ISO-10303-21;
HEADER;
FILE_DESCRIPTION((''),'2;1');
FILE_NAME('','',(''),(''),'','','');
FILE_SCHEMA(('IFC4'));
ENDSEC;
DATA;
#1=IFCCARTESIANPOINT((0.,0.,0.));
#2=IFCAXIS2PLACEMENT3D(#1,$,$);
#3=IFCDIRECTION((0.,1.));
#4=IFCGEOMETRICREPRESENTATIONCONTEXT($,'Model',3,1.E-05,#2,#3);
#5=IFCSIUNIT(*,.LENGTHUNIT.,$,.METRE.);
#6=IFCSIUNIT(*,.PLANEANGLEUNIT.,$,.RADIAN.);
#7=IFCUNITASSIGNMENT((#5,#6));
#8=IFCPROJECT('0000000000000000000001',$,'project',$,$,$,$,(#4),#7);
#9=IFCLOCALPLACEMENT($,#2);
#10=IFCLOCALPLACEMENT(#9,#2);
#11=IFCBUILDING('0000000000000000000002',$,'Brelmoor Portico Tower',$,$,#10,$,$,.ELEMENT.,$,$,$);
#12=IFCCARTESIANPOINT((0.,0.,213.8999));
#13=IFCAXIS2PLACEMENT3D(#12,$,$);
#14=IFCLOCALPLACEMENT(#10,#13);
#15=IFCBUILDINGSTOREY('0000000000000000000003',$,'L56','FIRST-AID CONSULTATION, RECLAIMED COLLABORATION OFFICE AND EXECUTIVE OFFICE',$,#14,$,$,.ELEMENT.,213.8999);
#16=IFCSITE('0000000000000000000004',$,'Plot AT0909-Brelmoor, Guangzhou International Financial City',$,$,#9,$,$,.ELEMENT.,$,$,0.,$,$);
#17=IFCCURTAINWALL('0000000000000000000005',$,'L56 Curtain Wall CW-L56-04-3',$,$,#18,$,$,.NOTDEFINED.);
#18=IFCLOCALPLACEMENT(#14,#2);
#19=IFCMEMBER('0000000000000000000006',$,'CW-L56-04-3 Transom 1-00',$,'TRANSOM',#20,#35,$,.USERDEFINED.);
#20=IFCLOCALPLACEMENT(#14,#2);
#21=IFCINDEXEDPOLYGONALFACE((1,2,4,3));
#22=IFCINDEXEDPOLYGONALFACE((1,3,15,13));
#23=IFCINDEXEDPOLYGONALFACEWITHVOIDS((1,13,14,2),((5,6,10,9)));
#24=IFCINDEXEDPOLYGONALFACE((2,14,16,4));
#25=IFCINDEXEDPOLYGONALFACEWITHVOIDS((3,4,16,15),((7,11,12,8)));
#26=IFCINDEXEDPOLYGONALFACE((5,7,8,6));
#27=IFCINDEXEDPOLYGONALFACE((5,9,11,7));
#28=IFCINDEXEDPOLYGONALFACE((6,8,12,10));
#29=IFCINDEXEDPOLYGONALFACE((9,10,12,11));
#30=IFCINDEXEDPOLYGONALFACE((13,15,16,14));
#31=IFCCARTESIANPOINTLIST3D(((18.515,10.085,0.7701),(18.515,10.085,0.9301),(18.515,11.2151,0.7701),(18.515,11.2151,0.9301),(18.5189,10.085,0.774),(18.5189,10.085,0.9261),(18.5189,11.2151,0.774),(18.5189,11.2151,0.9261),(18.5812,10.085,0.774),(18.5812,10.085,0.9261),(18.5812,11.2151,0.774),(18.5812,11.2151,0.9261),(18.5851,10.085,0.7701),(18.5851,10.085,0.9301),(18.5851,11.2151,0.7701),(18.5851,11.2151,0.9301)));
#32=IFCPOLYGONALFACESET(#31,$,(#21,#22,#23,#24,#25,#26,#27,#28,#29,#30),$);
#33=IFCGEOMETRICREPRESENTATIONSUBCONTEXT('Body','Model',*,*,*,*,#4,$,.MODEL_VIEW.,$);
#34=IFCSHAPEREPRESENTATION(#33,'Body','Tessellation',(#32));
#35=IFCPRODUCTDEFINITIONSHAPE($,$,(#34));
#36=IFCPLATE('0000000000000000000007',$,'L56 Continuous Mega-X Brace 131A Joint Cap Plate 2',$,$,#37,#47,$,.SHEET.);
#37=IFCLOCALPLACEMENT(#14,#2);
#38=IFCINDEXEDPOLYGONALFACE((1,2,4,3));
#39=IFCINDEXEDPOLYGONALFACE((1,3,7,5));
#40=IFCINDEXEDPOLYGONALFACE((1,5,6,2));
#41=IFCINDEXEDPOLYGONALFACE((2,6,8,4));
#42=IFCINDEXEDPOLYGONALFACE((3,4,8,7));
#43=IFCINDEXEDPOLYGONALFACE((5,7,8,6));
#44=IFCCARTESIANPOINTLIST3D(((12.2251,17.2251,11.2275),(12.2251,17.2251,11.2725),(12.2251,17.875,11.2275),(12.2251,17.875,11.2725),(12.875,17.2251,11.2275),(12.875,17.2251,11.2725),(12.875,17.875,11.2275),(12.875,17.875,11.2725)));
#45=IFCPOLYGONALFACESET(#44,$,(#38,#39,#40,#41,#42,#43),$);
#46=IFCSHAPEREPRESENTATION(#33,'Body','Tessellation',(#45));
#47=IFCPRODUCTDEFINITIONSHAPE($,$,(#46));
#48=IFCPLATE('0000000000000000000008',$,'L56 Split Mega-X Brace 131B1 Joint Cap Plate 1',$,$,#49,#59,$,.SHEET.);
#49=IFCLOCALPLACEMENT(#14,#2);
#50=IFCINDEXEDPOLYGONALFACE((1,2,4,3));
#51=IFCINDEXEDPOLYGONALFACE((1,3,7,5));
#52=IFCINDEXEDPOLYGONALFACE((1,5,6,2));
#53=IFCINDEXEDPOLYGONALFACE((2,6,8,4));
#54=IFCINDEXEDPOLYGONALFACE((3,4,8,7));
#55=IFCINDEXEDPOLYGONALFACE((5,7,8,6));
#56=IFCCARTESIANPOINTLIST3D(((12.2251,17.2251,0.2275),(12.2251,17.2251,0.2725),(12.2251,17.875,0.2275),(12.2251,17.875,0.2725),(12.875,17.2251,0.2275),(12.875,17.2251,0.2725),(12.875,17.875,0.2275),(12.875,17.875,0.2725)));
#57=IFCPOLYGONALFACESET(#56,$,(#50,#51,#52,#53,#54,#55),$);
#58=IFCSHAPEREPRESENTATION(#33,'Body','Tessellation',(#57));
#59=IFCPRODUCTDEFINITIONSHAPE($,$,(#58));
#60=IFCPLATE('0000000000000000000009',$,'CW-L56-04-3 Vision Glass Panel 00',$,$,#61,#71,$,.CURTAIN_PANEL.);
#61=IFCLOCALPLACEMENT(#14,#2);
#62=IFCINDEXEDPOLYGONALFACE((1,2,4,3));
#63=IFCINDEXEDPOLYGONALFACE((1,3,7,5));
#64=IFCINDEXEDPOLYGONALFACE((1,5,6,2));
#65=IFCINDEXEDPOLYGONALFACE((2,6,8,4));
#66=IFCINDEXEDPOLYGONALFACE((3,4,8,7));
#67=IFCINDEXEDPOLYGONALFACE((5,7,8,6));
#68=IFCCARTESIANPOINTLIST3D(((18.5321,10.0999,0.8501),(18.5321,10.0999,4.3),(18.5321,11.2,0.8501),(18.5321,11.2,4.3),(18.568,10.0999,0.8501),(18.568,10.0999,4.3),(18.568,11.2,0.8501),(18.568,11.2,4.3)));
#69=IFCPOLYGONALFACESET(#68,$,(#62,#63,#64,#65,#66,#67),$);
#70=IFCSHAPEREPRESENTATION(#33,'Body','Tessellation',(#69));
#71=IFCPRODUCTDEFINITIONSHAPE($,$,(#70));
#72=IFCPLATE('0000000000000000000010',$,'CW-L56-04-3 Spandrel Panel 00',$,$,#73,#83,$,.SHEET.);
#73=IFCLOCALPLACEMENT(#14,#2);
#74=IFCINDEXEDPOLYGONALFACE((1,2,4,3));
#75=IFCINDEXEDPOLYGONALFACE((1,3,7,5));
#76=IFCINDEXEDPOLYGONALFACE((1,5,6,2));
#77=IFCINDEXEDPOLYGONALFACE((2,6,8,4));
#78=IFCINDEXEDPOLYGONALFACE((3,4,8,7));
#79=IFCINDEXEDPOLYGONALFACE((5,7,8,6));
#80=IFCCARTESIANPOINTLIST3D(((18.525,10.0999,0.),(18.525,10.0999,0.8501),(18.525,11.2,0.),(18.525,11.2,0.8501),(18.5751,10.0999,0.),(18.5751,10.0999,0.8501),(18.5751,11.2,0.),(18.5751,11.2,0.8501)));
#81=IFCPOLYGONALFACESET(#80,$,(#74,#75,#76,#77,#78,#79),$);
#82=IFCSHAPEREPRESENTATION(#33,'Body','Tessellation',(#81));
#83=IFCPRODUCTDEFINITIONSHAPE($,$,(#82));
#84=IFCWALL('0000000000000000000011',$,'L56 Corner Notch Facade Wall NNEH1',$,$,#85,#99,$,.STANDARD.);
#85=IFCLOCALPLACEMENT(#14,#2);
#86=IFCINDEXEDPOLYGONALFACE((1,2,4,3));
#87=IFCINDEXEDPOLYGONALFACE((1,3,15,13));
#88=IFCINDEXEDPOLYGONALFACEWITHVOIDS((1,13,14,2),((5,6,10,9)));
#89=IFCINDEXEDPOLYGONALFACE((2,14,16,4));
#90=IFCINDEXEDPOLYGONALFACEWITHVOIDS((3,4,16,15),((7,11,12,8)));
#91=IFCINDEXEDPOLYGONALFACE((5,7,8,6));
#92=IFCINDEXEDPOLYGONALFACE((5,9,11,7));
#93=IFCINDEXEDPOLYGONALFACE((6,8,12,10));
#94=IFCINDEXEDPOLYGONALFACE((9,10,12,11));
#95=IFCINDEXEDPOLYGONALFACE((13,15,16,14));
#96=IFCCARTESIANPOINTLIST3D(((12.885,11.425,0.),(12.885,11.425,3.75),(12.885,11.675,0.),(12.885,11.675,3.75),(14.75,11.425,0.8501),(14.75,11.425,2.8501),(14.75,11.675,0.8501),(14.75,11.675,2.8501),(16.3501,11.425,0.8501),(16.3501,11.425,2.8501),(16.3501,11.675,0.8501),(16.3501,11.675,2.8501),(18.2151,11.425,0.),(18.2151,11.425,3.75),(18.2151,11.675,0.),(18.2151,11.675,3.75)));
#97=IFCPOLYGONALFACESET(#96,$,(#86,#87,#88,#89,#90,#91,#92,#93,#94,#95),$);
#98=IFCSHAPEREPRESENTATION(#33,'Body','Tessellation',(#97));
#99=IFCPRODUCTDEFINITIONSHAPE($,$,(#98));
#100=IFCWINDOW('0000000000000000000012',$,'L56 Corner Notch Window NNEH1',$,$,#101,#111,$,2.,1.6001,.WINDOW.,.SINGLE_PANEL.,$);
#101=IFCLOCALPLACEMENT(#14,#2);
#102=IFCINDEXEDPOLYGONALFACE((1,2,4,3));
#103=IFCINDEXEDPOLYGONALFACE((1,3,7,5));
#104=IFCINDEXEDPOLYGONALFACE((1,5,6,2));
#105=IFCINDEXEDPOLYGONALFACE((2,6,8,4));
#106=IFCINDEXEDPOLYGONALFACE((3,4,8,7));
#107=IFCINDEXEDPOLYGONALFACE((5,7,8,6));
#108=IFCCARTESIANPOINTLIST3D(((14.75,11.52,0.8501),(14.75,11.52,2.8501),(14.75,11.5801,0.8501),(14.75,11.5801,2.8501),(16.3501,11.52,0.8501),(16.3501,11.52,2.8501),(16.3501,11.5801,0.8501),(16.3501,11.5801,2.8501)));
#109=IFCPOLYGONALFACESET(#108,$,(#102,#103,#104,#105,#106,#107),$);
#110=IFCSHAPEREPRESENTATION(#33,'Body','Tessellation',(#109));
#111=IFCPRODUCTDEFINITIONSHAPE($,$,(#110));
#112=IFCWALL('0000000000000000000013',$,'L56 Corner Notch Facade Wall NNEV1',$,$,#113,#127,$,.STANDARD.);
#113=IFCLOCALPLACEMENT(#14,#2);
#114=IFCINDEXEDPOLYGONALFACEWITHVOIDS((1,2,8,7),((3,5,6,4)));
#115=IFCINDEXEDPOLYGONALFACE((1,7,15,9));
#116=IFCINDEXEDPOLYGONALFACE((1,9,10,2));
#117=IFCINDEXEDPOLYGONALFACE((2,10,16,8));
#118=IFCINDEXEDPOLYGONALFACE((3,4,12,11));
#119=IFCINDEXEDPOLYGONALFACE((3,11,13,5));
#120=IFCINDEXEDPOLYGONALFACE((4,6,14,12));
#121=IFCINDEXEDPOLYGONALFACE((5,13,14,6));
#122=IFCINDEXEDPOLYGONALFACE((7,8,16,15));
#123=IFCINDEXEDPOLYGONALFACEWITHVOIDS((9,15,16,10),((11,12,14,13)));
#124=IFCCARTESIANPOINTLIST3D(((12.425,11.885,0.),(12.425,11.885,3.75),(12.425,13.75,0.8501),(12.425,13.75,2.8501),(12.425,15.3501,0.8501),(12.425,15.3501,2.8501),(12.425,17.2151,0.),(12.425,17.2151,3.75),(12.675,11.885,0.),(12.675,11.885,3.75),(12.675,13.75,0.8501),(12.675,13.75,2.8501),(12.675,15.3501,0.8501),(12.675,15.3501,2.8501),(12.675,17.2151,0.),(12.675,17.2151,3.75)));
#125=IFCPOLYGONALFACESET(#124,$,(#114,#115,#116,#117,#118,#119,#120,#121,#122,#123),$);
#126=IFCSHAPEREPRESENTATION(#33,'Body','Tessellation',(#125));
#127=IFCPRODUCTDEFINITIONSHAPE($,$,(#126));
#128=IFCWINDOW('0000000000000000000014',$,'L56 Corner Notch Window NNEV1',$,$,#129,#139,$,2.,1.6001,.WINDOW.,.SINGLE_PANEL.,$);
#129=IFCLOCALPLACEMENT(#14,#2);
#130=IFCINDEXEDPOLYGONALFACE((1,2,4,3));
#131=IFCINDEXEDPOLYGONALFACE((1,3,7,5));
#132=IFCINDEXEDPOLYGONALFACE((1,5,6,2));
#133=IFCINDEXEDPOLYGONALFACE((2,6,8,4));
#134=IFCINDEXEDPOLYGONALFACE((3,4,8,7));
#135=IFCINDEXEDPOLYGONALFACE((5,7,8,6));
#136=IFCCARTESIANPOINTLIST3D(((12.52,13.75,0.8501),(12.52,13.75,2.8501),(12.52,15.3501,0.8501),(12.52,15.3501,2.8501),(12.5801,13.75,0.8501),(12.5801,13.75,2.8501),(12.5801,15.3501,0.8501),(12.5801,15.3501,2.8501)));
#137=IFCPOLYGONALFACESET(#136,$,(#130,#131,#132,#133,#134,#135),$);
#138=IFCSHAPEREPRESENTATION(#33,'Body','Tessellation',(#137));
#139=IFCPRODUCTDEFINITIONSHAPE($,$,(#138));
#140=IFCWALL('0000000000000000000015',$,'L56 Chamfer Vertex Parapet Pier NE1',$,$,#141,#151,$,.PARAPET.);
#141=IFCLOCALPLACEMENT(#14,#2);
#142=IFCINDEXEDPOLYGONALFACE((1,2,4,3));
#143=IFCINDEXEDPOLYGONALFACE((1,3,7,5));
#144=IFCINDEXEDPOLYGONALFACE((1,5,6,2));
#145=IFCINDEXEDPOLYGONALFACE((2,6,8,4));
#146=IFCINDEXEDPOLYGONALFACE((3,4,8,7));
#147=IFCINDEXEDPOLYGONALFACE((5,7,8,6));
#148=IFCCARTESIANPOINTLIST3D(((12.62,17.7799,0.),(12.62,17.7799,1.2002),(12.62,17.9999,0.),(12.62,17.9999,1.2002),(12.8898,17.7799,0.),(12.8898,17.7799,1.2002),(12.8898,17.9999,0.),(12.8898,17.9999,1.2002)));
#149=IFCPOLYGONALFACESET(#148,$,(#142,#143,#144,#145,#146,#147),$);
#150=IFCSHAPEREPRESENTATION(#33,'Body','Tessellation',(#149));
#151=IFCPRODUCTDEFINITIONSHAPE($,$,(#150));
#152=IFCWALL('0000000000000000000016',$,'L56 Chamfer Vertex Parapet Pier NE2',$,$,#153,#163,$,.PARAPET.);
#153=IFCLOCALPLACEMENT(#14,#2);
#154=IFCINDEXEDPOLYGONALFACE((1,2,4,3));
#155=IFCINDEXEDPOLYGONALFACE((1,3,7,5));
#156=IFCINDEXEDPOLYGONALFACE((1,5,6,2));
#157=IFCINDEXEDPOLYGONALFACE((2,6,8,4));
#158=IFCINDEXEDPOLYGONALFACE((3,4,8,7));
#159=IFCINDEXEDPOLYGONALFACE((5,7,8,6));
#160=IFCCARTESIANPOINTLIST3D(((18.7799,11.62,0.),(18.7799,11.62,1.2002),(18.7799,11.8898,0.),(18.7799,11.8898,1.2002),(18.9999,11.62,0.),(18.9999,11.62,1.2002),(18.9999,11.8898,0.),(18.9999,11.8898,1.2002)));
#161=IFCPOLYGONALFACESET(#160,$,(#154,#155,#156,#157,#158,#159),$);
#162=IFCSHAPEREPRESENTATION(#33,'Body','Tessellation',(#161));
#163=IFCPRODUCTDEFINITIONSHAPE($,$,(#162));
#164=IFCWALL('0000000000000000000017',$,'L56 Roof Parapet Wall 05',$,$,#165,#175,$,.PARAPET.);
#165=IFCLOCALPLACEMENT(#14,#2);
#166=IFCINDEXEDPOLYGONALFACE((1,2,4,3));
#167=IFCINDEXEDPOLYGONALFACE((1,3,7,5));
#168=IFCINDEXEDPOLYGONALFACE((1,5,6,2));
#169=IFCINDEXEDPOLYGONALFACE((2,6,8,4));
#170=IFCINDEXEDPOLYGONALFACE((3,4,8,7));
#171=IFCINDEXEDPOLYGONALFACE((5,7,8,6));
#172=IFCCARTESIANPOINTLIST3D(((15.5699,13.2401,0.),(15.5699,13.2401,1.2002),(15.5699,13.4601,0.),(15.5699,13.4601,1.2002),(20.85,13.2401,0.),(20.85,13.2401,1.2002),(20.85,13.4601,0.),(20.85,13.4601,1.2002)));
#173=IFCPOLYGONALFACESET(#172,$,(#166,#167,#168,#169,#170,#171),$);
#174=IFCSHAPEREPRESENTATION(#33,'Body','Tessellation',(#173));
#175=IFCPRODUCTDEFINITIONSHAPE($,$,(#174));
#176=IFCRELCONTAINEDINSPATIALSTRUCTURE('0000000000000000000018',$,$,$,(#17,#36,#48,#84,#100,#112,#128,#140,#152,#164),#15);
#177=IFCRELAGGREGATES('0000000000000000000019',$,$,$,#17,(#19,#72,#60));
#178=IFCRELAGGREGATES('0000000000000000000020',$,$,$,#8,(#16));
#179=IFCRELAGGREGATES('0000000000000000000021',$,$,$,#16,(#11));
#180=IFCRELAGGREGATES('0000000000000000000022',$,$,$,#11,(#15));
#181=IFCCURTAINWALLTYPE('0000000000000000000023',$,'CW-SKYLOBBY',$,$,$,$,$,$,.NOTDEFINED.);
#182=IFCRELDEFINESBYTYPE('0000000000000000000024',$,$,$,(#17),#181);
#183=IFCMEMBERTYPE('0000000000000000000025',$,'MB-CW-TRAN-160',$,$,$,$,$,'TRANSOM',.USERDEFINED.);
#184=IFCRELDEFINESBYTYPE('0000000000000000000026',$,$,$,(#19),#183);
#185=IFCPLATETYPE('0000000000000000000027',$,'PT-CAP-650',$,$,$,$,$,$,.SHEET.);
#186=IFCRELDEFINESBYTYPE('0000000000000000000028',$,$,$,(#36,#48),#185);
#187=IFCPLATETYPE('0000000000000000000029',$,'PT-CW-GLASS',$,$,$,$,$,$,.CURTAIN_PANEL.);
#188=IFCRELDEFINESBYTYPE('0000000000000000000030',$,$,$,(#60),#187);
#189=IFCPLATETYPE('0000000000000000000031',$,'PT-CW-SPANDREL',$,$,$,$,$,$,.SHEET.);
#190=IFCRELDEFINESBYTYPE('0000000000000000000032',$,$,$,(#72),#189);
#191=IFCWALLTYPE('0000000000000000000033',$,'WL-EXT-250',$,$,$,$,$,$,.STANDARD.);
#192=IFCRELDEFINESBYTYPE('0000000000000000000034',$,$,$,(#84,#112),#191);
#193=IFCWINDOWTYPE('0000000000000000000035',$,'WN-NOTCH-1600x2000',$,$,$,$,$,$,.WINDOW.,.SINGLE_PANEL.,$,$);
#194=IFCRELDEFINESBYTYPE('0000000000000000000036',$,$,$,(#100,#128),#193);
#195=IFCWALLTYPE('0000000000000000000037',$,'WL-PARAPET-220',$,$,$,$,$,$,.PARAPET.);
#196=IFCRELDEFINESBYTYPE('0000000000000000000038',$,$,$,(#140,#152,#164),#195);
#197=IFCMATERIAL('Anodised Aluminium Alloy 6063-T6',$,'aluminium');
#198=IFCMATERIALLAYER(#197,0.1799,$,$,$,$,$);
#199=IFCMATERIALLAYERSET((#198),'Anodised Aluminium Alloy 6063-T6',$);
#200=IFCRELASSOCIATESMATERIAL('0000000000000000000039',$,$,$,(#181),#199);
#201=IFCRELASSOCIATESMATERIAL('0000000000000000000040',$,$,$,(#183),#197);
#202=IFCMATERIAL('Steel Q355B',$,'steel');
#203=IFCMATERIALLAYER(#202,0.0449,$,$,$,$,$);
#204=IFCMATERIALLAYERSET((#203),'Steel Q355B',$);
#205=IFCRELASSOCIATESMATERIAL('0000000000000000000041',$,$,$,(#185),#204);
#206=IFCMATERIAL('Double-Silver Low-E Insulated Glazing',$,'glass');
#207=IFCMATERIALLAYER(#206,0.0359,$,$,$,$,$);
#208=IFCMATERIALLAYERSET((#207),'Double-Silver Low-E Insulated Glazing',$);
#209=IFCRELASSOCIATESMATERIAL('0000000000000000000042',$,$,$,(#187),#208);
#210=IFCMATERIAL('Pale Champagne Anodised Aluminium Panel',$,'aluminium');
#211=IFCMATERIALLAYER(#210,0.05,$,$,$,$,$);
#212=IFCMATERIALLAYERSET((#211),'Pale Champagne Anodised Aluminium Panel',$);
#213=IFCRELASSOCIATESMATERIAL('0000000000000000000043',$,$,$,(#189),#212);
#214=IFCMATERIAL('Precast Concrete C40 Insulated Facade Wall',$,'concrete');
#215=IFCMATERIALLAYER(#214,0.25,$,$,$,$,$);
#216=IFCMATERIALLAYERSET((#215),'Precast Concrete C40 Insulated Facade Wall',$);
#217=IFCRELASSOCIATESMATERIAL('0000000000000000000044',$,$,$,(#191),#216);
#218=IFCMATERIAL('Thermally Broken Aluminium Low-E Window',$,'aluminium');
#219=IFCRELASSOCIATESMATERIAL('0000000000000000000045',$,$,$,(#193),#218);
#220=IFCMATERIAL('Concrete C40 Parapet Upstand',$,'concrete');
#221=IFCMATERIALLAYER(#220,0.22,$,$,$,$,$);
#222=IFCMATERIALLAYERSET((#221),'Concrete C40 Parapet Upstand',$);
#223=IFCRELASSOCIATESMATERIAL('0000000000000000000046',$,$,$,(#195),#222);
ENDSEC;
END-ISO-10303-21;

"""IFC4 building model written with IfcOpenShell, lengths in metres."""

from ifc_helpers import new_model, si_unit, direction, frame, frame_2d, origin, origin_2d, place, context, subcontext, project, spatial, rectangle, hollow_rectangle, extrude, material, layer, layer_set, material_profile, profile_set, type_object, element, fill, aggregate, save


model = new_model("IFC4")

# Units and contexts
model_context = context("Model", 3, precision=1e-05, world=origin(), true_north=direction((0.0, 1.0)))
body_context = subcontext(model_context, "Body", "Model", "MODEL_VIEW")
ifc_project = project(units=[si_unit("LENGTHUNIT", "METRE"), si_unit("PLANEANGLEUNIT", "RADIAN")], contexts=[model_context])

# Site, building, storey
site_placement = place(None, origin())
site = spatial("IfcSite", under=ifc_project, at=site_placement, Name="Plot AT0909-Brelmoor, Guangzhou International Financial City", CompositionType="ELEMENT", RefElevation=0.0)
building_placement = place(site_placement, origin())
building = spatial("IfcBuilding", under=site, at=building_placement, Name="Brelmoor Portico Tower", CompositionType="ELEMENT")
storey_placement = place(building_placement, frame((0.0, 0.0, 213.8999)))
storey = spatial("IfcBuildingStorey", under=building, at=storey_placement, Name="L56", Description="FIRST-AID CONSULTATION, RECLAIMED COLLABORATION OFFICE AND EXECUTIVE OFFICE", CompositionType="ELEMENT", Elevation=213.8999)

# Shared definitions
ifc_material_1 = material(Name="Steel Q355B", Category="steel")

# Curtain wall, member
ifc_material_2 = material(Name="Anodised Aluminium Alloy 6063-T6", Category="aluminium")
ifc_layer_1 = layer(ifc_material_2, 0.1799)
ifc_layer_set_1 = layer_set([ifc_layer_1], Name="Anodised Aluminium Alloy 6063-T6")
curtain_wall_type = type_object("IfcCurtainWallType", Name="CW-SKYLOBBY", PredefinedType="NOTDEFINED", material=ifc_layer_set_1)
curtain_wall_placement = place(storey_placement, origin())
curtain_wall = element("IfcCurtainWall", 1, at=curtain_wall_placement, inside=storey, type_object=curtain_wall_type, Name="L56 Curtain Wall CW-L56-04-3", PredefinedType="NOTDEFINED")
ifc_material_profile_1 = material_profile(ifc_material_2, hollow_rectangle(XDim=0.0701, YDim=0.1599, WallThickness=0.0039, at=origin_2d()), Name="ALU TRANSOM 70x160")
ifc_profile_set_1 = profile_set([ifc_material_profile_1], Name="Anodised Aluminium Alloy 6063-T6")
member_type_1 = type_object("IfcMemberType", Name="MB-CW-TRAN-160", ElementType="TRANSOM", PredefinedType="USERDEFINED", material=ifc_profile_set_1)
member_1_placement = place(storey_placement, frame((18.55, 10.085, 0.8501), z_axis=(0.0, 1.0, 0.0), x_axis=(-1.0, 0.0, 0.0)))
member_1 = element("IfcMember", 2, at=member_1_placement, type_object=member_type_1, Name="CW-L56-04-3 Transom 1-00", ObjectType="TRANSOM", PredefinedType="USERDEFINED", context=body_context, shape_type="SweptSolid", body=[
    extrude(hollow_rectangle(XDim=0.0701, YDim=0.1599, WallThickness=0.0039, at=origin_2d()), origin(), (0.0, 0.0, 1.0), 1.1301),
])

# Plates
ifc_layer_2 = layer(ifc_material_1, 0.0449)
ifc_layer_set_2 = layer_set([ifc_layer_2], Name="Steel Q355B")
plate_type_1 = type_object("IfcPlateType", Name="PT-CAP-650", PredefinedType="SHEET", material=ifc_layer_set_2)
for number, where, z_axis, x_axis, name in (
    (3, (12.55, 17.55, 11.2275), (0.0, 0.0, 1.0), (1.0, 0.0, 0.0), "L56 Continuous Mega-X Brace 131A Joint Cap Plate 2"),
    (4, (12.55, 17.55, 0.2275), (0.0, 0.0, 1.0), (1.0, 0.0, 0.0), "L56 Split Mega-X Brace 131B1 Joint Cap Plate 1"),
):
    element("IfcPlate", number, at=place(storey_placement, frame(where, z_axis=z_axis, x_axis=x_axis)), inside=storey, type_object=plate_type_1, Name=name, PredefinedType="SHEET", context=body_context, shape_type="SweptSolid", body=[
        extrude(rectangle(XDim=0.6499, YDim=0.6499, at=origin_2d()), origin(), (0.0, 0.0, 1.0), 0.0449),
    ])

# Plates
ifc_material_3 = material(Name="Double-Silver Low-E Insulated Glazing", Category="glass")
ifc_layer_3 = layer(ifc_material_3, 0.0359)
ifc_layer_set_3 = layer_set([ifc_layer_3], Name="Double-Silver Low-E Insulated Glazing")
plate_type_2 = type_object("IfcPlateType", Name="PT-CW-GLASS", PredefinedType="CURTAIN_PANEL", material=ifc_layer_set_3)
plate_1_placement = place(storey_placement, frame((18.55, 10.6499, 0.8501), z_axis=(0.0, 0.0, 1.0), x_axis=(0.0, 1.0, 0.0)))
plate_1 = element("IfcPlate", 5, at=plate_1_placement, type_object=plate_type_2, Name="CW-L56-04-3 Vision Glass Panel 00", PredefinedType="CURTAIN_PANEL", context=body_context, shape_type="SweptSolid", body=[
    extrude(rectangle(XDim=1.1001, YDim=0.0359, at=origin_2d()), origin(), (0.0, 0.0, 1.0), 3.45),
])
ifc_material_4 = material(Name="Pale Champagne Anodised Aluminium Panel", Category="aluminium")
ifc_layer_4 = layer(ifc_material_4, 0.05)
ifc_layer_set_4 = layer_set([ifc_layer_4], Name="Pale Champagne Anodised Aluminium Panel")
plate_type_3 = type_object("IfcPlateType", Name="PT-CW-SPANDREL", PredefinedType="SHEET", material=ifc_layer_set_4)
plate_2_placement = place(storey_placement, frame((18.55, 10.6499, 0.0), z_axis=(0.0, 0.0, 1.0), x_axis=(0.0, 1.0, 0.0)))
plate_2 = element("IfcPlate", 6, at=plate_2_placement, type_object=plate_type_3, Name="CW-L56-04-3 Spandrel Panel 00", PredefinedType="SHEET", context=body_context, shape_type="SweptSolid", body=[
    extrude(rectangle(XDim=1.1001, YDim=0.05, at=origin_2d()), origin(), (0.0, 0.0, 1.0), 0.8501),
])
aggregate(curtain_wall, [member_1, plate_2, plate_1])

# Walls, openings, windows
ifc_material_5 = material(Name="Precast Concrete C40 Insulated Facade Wall", Category="concrete")
ifc_layer_5 = layer(ifc_material_5, 0.25)
ifc_layer_set_5 = layer_set([ifc_layer_5], Name="Precast Concrete C40 Insulated Facade Wall")
wall_type_1 = type_object("IfcWallType", Name="WL-EXT-250", PredefinedType="STANDARD", material=ifc_layer_set_5)
wall_1_placement = place(storey_placement, frame((12.885, 11.55, 0.0), z_axis=(0.0, 0.0, 1.0), x_axis=(1.0, 0.0, 0.0)))
wall_1 = element("IfcWall", 7, at=wall_1_placement, inside=storey, type_object=wall_type_1, Name="L56 Corner Notch Facade Wall NNEH1", PredefinedType="STANDARD", context=body_context, shape_type="SweptSolid", body=[
    extrude(rectangle(XDim=5.3301, YDim=0.25, at=frame_2d((2.665, 0.0))), origin(), (0.0, 0.0, 1.0), 3.75),
])
opening_1_placement = place(wall_1_placement, frame((1.865, 0.0, 0.8501)))
opening_1 = element("IfcOpeningElement", 8, at=opening_1_placement, cuts=wall_1, PredefinedType="OPENING", context=body_context, shape_type="SweptSolid", body=[
    extrude(rectangle(XDim=1.6001, YDim=2.0, at=frame_2d((0.8, 1.0))), frame((0.0, 0.135, 0.0), z_axis=(0.0, -1.0, 0.0), x_axis=(1.0, 0.0, 0.0)), (0.0, 0.0, 1.0), 0.27),
])
ifc_material_6 = material(Name="Thermally Broken Aluminium Low-E Window", Category="aluminium")
window_type = type_object("IfcWindowType", Name="WN-NOTCH-1600x2000", PartitioningType="SINGLE_PANEL", PredefinedType="WINDOW", material=ifc_material_6)
window_1_placement = place(opening_1_placement, origin())
window_1 = element("IfcWindow", 9, at=window_1_placement, inside=storey, type_object=window_type, Name="L56 Corner Notch Window NNEH1", OverallHeight=2.0, OverallWidth=1.6001, PartitioningType="SINGLE_PANEL", PredefinedType="WINDOW", context=body_context, shape_type="SweptSolid", body=[
    extrude(rectangle(XDim=1.6001, YDim=2.0, at=frame_2d((0.8, 1.0))), frame((0.0, 0.03, 0.0), z_axis=(0.0, -1.0, 0.0), x_axis=(1.0, 0.0, 0.0)), (0.0, 0.0, 1.0), 0.0601),
])
fill(opening_1, window_1)
wall_2_placement = place(storey_placement, frame((12.55, 11.885, 0.0), z_axis=(0.0, 0.0, 1.0), x_axis=(0.0, 1.0, 0.0)))
wall_2 = element("IfcWall", 10, at=wall_2_placement, inside=storey, type_object=wall_type_1, Name="L56 Corner Notch Facade Wall NNEV1", PredefinedType="STANDARD", context=body_context, shape_type="SweptSolid", body=[
    extrude(rectangle(XDim=5.3301, YDim=0.25, at=frame_2d((2.665, 0.0))), origin(), (0.0, 0.0, 1.0), 3.75),
])
opening_2_placement = place(wall_2_placement, frame((1.865, 0.0, 0.8501)))
opening_2 = element("IfcOpeningElement", 11, at=opening_2_placement, cuts=wall_2, PredefinedType="OPENING", context=body_context, shape_type="SweptSolid", body=[
    extrude(rectangle(XDim=1.6001, YDim=2.0, at=frame_2d((0.8, 1.0))), frame((0.0, 0.135, 0.0), z_axis=(0.0, -1.0, 0.0), x_axis=(1.0, 0.0, 0.0)), (0.0, 0.0, 1.0), 0.27),
])
window_2_placement = place(opening_2_placement, origin())
window_2 = element("IfcWindow", 12, at=window_2_placement, inside=storey, type_object=window_type, Name="L56 Corner Notch Window NNEV1", OverallHeight=2.0, OverallWidth=1.6001, PartitioningType="SINGLE_PANEL", PredefinedType="WINDOW", context=body_context, shape_type="SweptSolid", body=[
    extrude(rectangle(XDim=1.6001, YDim=2.0, at=frame_2d((0.8, 1.0))), frame((0.0, 0.03, 0.0), z_axis=(0.0, -1.0, 0.0), x_axis=(1.0, 0.0, 0.0)), (0.0, 0.0, 1.0), 0.0601),
])
fill(opening_2, window_2)

# Walls
ifc_material_7 = material(Name="Concrete C40 Parapet Upstand", Category="concrete")
ifc_layer_6 = layer(ifc_material_7, 0.22)
ifc_layer_set_6 = layer_set([ifc_layer_6], Name="Concrete C40 Parapet Upstand")
wall_type_2 = type_object("IfcWallType", Name="WL-PARAPET-220", PredefinedType="PARAPET", material=ifc_layer_set_6)
for number, where, z_axis, x_axis, name in (
    (13, (12.6201, 17.8899, 0.0), (0.0, 0.0, 1.0), (1.0, 0.0, 0.0), "L56 Chamfer Vertex Parapet Pier NE1"),
    (14, (18.8899, 11.6201, 0.0), (0.0, 0.0, 1.0), (0.0, 1.0, 0.0), "L56 Chamfer Vertex Parapet Pier NE2"),
):
    element("IfcWall", number, at=place(storey_placement, frame(where, z_axis=z_axis, x_axis=x_axis)), inside=storey, type_object=wall_type_2, Name=name, PredefinedType="PARAPET", context=body_context, shape_type="SweptSolid", body=[
        extrude(rectangle(XDim=0.2698, YDim=0.22, at=frame_2d((0.1348, 0.0))), origin(), (0.0, 0.0, 1.0), 1.2002),
    ])
wall_3_placement = place(storey_placement, frame((20.8501, 13.3501, 0.0), z_axis=(0.0, 0.0, 1.0), x_axis=(-1.0, 0.0, 0.0)))
element("IfcWall", 15, at=wall_3_placement, inside=storey, type_object=wall_type_2, Name="L56 Roof Parapet Wall 05", PredefinedType="PARAPET", context=body_context, shape_type="SweptSolid", body=[
    extrude(rectangle(XDim=5.28, YDim=0.22, at=frame_2d((2.6401, 0.0))), origin(), (0.0, 0.0, 1.0), 1.2002),
])

save(model, "model.ifc")
